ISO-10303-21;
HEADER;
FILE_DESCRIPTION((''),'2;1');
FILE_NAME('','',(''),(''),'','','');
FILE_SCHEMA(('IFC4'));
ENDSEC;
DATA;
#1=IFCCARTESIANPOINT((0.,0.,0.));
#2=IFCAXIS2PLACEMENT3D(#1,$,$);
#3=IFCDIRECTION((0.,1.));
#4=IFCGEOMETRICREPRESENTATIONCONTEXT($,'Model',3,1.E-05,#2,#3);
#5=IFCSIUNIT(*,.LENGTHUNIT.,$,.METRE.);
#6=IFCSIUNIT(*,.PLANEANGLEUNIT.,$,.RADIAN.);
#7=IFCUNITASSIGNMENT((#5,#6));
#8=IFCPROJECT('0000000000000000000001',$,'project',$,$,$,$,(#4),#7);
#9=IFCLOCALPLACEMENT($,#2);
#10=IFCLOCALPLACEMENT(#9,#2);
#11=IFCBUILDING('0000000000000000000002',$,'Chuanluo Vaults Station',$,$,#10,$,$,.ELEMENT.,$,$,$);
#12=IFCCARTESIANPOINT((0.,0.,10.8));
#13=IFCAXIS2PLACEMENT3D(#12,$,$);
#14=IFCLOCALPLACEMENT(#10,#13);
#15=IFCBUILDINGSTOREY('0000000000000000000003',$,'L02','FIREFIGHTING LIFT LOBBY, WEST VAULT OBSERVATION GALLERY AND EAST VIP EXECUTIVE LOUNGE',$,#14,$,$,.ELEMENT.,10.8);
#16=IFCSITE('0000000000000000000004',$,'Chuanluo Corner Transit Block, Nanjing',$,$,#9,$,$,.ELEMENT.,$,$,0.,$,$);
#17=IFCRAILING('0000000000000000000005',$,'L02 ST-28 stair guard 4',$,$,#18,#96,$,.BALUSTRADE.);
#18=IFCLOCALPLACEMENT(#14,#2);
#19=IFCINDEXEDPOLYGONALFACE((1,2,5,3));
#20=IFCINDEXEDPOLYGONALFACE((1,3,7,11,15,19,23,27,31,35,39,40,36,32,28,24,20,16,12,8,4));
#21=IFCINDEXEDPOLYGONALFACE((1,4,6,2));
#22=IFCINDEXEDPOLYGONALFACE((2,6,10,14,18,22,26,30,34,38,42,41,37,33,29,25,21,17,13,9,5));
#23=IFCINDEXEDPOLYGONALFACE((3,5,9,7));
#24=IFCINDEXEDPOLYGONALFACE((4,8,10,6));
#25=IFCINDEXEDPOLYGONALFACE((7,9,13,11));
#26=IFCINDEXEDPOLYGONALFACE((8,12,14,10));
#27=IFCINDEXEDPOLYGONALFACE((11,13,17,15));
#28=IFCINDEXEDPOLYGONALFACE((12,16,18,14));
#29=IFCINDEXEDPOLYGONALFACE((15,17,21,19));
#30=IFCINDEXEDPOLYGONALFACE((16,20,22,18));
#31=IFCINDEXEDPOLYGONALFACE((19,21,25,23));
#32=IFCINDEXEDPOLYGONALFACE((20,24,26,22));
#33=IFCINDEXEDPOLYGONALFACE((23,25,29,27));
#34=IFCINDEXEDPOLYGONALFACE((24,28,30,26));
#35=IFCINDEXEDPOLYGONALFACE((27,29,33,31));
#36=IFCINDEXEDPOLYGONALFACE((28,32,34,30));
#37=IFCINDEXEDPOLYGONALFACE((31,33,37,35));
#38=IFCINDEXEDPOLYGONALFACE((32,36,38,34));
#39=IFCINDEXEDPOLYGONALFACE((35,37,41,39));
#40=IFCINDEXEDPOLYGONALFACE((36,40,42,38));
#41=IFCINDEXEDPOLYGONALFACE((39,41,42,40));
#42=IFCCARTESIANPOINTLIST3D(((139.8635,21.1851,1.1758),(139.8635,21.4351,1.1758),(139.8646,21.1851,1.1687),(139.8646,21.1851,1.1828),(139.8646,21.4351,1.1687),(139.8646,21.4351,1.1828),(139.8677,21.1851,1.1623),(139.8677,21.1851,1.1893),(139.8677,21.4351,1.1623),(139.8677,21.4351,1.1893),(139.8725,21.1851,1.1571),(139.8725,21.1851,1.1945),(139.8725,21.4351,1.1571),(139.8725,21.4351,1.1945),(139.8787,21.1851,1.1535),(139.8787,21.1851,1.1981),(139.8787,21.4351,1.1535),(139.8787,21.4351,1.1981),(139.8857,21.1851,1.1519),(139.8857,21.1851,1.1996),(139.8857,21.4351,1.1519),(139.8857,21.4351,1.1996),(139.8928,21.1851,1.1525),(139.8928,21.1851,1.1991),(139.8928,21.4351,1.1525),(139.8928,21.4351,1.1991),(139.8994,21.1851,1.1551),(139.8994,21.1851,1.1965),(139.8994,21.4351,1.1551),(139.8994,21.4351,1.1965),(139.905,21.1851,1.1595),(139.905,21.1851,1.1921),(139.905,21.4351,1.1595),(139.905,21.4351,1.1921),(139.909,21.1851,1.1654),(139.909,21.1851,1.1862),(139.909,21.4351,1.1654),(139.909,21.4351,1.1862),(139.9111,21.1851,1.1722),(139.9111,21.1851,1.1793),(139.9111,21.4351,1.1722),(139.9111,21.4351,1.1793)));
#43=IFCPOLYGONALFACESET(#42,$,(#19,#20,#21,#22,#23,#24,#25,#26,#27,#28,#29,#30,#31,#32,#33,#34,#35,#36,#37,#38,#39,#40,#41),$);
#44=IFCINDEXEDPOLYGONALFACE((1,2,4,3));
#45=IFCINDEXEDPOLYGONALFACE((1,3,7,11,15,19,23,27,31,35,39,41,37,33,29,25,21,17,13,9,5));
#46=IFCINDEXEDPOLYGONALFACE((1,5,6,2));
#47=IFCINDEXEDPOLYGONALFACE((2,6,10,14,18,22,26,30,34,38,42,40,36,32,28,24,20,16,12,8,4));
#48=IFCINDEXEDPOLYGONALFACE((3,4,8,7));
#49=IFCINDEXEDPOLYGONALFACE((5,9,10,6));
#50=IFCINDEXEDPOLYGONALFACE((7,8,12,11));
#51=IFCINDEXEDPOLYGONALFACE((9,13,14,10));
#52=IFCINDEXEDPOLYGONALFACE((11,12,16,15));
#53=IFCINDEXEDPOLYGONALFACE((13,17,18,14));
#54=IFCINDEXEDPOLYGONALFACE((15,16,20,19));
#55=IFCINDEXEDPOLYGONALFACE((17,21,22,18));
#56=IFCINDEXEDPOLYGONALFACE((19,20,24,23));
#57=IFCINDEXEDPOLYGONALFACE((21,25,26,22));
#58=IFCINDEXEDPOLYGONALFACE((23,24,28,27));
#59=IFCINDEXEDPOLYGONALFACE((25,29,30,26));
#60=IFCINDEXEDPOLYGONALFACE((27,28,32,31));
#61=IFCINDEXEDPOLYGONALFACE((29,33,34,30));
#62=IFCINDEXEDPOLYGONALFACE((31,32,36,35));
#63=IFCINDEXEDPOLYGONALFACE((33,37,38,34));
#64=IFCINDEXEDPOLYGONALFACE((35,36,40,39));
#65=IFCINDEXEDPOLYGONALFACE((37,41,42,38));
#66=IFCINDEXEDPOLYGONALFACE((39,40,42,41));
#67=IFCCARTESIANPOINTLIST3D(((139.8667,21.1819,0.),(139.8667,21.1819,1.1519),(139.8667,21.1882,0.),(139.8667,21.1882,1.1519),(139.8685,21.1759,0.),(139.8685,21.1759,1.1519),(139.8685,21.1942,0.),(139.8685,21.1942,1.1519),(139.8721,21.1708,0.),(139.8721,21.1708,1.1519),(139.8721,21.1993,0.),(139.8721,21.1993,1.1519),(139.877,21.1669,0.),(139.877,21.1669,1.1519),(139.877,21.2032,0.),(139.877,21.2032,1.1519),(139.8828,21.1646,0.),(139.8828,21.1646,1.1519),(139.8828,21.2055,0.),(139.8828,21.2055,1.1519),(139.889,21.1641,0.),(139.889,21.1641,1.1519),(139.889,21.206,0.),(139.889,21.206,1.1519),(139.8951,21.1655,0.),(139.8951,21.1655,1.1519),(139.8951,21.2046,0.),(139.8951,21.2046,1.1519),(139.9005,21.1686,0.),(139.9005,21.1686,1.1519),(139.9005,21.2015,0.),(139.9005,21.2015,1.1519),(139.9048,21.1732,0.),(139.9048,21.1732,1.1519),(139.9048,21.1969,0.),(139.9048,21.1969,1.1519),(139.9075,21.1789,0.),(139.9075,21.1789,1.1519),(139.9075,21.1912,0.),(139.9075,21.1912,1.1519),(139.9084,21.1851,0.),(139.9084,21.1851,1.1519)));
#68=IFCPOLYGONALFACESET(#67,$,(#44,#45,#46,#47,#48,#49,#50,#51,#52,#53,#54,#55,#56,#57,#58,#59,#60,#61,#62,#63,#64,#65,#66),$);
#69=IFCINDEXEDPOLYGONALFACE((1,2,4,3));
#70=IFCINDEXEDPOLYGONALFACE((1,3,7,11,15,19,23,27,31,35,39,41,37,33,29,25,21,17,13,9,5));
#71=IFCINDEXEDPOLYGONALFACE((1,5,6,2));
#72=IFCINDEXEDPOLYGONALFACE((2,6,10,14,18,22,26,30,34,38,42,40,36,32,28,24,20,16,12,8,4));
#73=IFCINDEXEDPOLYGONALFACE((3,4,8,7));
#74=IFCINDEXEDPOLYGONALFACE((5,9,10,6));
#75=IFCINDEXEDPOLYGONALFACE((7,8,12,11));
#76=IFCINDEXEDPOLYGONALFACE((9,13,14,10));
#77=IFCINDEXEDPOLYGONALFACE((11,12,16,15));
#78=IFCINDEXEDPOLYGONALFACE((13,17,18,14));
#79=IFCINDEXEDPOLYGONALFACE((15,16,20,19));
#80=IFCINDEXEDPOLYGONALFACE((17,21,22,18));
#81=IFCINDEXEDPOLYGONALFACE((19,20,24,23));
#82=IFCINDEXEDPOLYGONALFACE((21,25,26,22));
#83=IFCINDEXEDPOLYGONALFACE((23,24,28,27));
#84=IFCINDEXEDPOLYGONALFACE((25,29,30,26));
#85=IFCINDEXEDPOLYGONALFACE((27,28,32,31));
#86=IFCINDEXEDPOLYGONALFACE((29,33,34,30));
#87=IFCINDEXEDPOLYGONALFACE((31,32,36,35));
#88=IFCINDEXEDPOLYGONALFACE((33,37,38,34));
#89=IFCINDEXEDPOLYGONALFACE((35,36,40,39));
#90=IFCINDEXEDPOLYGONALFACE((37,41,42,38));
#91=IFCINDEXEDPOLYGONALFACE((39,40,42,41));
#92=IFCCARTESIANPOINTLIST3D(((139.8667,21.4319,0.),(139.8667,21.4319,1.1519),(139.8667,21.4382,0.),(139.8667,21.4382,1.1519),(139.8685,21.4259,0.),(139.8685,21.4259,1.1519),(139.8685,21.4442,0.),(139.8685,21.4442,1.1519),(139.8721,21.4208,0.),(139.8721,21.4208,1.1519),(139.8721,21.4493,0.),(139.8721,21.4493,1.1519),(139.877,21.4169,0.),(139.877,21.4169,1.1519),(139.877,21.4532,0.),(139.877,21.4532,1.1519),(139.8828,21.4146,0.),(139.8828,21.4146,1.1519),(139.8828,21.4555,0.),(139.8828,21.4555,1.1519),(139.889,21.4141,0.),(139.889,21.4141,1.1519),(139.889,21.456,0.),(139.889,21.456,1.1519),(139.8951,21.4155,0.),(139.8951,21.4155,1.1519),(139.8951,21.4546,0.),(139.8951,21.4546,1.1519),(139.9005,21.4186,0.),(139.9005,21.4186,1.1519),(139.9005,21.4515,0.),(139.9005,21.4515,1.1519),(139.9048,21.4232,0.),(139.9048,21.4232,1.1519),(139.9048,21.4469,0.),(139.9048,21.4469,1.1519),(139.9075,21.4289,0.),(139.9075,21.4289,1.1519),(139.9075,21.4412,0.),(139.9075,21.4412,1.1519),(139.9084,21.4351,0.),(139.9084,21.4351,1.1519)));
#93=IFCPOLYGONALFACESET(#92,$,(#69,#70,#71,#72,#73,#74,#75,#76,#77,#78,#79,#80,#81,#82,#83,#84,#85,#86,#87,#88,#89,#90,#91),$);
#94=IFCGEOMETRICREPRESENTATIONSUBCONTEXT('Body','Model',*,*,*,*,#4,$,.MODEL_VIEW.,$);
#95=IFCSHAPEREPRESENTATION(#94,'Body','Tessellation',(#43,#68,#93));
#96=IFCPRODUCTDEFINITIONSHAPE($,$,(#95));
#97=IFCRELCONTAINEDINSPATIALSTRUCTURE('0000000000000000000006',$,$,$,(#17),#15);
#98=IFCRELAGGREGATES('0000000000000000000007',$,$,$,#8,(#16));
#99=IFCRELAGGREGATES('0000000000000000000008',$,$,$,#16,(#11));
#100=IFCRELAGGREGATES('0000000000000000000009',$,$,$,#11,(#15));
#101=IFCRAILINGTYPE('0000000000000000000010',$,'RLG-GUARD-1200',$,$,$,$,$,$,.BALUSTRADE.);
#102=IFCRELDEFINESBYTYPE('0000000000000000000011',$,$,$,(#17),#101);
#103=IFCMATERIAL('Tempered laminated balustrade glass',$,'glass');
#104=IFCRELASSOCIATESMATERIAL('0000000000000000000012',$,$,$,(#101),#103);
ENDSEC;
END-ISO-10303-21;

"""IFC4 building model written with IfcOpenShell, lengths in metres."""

from ifc_helpers import new_model, si_unit, direction, frame, origin, origin_2d, place, context, subcontext, project, spatial, circle, extrude, material, type_object, element, save


model = new_model("IFC4")

# Units and contexts
model_context = context("Model", 3, precision=1e-05, world=origin(), true_north=direction((0.0, 1.0)))
body_context = subcontext(model_context, "Body", "Model", "MODEL_VIEW")
ifc_project = project(units=[si_unit("LENGTHUNIT", "METRE"), si_unit("PLANEANGLEUNIT", "RADIAN")], contexts=[model_context])

# Site, building, storey
site_placement = place(None, origin())
site = spatial("IfcSite", under=ifc_project, at=site_placement, Name="Chuanluo Corner Transit Block, Nanjing", CompositionType="ELEMENT", RefElevation=0.0)
building_placement = place(site_placement, origin())
building = spatial("IfcBuilding", under=site, at=building_placement, Name="Chuanluo Vaults Station", CompositionType="ELEMENT")
storey_placement = place(building_placement, frame((0.0, 0.0, 10.8)))
storey = spatial("IfcBuildingStorey", under=building, at=storey_placement, Name="L02", Description="FIREFIGHTING LIFT LOBBY, WEST VAULT OBSERVATION GALLERY AND EAST VIP EXECUTIVE LOUNGE", CompositionType="ELEMENT", Elevation=10.8)

# Railing
ifc_material_1 = material(Name="Tempered laminated balustrade glass", Category="glass")
railing_type_1 = type_object("IfcRailingType", Name="RLG-GUARD-1200", PredefinedType="BALUSTRADE", material=ifc_material_1)
railing_1_placement = place(storey_placement, frame((139.8875, 21.1851, 0.0)))
element("IfcRailing", 1, at=railing_1_placement, inside=storey, type_object=railing_type_1, Name="L02 ST-28 stair guard 4", PredefinedType="BALUSTRADE", context=body_context, shape_type="SweptSolid", body=[
    extrude(circle(Radius=0.0239, at=origin_2d()), frame((0.0, 0.0, 1.1758), z_axis=(0.0, 1.0, 0.0), x_axis=(-1.0, 0.0, 0.0)), (0.0, 0.0, 1.0), 0.25),
    extrude(circle(Radius=0.021, at=origin_2d()), origin(), (0.0, 0.0, 1.0), 1.1519),
    extrude(circle(Radius=0.021, at=origin_2d()), frame((0.0, 0.25, 0.0)), (0.0, 0.0, 1.0), 1.1519),
])

save(model, "model.ifc")
